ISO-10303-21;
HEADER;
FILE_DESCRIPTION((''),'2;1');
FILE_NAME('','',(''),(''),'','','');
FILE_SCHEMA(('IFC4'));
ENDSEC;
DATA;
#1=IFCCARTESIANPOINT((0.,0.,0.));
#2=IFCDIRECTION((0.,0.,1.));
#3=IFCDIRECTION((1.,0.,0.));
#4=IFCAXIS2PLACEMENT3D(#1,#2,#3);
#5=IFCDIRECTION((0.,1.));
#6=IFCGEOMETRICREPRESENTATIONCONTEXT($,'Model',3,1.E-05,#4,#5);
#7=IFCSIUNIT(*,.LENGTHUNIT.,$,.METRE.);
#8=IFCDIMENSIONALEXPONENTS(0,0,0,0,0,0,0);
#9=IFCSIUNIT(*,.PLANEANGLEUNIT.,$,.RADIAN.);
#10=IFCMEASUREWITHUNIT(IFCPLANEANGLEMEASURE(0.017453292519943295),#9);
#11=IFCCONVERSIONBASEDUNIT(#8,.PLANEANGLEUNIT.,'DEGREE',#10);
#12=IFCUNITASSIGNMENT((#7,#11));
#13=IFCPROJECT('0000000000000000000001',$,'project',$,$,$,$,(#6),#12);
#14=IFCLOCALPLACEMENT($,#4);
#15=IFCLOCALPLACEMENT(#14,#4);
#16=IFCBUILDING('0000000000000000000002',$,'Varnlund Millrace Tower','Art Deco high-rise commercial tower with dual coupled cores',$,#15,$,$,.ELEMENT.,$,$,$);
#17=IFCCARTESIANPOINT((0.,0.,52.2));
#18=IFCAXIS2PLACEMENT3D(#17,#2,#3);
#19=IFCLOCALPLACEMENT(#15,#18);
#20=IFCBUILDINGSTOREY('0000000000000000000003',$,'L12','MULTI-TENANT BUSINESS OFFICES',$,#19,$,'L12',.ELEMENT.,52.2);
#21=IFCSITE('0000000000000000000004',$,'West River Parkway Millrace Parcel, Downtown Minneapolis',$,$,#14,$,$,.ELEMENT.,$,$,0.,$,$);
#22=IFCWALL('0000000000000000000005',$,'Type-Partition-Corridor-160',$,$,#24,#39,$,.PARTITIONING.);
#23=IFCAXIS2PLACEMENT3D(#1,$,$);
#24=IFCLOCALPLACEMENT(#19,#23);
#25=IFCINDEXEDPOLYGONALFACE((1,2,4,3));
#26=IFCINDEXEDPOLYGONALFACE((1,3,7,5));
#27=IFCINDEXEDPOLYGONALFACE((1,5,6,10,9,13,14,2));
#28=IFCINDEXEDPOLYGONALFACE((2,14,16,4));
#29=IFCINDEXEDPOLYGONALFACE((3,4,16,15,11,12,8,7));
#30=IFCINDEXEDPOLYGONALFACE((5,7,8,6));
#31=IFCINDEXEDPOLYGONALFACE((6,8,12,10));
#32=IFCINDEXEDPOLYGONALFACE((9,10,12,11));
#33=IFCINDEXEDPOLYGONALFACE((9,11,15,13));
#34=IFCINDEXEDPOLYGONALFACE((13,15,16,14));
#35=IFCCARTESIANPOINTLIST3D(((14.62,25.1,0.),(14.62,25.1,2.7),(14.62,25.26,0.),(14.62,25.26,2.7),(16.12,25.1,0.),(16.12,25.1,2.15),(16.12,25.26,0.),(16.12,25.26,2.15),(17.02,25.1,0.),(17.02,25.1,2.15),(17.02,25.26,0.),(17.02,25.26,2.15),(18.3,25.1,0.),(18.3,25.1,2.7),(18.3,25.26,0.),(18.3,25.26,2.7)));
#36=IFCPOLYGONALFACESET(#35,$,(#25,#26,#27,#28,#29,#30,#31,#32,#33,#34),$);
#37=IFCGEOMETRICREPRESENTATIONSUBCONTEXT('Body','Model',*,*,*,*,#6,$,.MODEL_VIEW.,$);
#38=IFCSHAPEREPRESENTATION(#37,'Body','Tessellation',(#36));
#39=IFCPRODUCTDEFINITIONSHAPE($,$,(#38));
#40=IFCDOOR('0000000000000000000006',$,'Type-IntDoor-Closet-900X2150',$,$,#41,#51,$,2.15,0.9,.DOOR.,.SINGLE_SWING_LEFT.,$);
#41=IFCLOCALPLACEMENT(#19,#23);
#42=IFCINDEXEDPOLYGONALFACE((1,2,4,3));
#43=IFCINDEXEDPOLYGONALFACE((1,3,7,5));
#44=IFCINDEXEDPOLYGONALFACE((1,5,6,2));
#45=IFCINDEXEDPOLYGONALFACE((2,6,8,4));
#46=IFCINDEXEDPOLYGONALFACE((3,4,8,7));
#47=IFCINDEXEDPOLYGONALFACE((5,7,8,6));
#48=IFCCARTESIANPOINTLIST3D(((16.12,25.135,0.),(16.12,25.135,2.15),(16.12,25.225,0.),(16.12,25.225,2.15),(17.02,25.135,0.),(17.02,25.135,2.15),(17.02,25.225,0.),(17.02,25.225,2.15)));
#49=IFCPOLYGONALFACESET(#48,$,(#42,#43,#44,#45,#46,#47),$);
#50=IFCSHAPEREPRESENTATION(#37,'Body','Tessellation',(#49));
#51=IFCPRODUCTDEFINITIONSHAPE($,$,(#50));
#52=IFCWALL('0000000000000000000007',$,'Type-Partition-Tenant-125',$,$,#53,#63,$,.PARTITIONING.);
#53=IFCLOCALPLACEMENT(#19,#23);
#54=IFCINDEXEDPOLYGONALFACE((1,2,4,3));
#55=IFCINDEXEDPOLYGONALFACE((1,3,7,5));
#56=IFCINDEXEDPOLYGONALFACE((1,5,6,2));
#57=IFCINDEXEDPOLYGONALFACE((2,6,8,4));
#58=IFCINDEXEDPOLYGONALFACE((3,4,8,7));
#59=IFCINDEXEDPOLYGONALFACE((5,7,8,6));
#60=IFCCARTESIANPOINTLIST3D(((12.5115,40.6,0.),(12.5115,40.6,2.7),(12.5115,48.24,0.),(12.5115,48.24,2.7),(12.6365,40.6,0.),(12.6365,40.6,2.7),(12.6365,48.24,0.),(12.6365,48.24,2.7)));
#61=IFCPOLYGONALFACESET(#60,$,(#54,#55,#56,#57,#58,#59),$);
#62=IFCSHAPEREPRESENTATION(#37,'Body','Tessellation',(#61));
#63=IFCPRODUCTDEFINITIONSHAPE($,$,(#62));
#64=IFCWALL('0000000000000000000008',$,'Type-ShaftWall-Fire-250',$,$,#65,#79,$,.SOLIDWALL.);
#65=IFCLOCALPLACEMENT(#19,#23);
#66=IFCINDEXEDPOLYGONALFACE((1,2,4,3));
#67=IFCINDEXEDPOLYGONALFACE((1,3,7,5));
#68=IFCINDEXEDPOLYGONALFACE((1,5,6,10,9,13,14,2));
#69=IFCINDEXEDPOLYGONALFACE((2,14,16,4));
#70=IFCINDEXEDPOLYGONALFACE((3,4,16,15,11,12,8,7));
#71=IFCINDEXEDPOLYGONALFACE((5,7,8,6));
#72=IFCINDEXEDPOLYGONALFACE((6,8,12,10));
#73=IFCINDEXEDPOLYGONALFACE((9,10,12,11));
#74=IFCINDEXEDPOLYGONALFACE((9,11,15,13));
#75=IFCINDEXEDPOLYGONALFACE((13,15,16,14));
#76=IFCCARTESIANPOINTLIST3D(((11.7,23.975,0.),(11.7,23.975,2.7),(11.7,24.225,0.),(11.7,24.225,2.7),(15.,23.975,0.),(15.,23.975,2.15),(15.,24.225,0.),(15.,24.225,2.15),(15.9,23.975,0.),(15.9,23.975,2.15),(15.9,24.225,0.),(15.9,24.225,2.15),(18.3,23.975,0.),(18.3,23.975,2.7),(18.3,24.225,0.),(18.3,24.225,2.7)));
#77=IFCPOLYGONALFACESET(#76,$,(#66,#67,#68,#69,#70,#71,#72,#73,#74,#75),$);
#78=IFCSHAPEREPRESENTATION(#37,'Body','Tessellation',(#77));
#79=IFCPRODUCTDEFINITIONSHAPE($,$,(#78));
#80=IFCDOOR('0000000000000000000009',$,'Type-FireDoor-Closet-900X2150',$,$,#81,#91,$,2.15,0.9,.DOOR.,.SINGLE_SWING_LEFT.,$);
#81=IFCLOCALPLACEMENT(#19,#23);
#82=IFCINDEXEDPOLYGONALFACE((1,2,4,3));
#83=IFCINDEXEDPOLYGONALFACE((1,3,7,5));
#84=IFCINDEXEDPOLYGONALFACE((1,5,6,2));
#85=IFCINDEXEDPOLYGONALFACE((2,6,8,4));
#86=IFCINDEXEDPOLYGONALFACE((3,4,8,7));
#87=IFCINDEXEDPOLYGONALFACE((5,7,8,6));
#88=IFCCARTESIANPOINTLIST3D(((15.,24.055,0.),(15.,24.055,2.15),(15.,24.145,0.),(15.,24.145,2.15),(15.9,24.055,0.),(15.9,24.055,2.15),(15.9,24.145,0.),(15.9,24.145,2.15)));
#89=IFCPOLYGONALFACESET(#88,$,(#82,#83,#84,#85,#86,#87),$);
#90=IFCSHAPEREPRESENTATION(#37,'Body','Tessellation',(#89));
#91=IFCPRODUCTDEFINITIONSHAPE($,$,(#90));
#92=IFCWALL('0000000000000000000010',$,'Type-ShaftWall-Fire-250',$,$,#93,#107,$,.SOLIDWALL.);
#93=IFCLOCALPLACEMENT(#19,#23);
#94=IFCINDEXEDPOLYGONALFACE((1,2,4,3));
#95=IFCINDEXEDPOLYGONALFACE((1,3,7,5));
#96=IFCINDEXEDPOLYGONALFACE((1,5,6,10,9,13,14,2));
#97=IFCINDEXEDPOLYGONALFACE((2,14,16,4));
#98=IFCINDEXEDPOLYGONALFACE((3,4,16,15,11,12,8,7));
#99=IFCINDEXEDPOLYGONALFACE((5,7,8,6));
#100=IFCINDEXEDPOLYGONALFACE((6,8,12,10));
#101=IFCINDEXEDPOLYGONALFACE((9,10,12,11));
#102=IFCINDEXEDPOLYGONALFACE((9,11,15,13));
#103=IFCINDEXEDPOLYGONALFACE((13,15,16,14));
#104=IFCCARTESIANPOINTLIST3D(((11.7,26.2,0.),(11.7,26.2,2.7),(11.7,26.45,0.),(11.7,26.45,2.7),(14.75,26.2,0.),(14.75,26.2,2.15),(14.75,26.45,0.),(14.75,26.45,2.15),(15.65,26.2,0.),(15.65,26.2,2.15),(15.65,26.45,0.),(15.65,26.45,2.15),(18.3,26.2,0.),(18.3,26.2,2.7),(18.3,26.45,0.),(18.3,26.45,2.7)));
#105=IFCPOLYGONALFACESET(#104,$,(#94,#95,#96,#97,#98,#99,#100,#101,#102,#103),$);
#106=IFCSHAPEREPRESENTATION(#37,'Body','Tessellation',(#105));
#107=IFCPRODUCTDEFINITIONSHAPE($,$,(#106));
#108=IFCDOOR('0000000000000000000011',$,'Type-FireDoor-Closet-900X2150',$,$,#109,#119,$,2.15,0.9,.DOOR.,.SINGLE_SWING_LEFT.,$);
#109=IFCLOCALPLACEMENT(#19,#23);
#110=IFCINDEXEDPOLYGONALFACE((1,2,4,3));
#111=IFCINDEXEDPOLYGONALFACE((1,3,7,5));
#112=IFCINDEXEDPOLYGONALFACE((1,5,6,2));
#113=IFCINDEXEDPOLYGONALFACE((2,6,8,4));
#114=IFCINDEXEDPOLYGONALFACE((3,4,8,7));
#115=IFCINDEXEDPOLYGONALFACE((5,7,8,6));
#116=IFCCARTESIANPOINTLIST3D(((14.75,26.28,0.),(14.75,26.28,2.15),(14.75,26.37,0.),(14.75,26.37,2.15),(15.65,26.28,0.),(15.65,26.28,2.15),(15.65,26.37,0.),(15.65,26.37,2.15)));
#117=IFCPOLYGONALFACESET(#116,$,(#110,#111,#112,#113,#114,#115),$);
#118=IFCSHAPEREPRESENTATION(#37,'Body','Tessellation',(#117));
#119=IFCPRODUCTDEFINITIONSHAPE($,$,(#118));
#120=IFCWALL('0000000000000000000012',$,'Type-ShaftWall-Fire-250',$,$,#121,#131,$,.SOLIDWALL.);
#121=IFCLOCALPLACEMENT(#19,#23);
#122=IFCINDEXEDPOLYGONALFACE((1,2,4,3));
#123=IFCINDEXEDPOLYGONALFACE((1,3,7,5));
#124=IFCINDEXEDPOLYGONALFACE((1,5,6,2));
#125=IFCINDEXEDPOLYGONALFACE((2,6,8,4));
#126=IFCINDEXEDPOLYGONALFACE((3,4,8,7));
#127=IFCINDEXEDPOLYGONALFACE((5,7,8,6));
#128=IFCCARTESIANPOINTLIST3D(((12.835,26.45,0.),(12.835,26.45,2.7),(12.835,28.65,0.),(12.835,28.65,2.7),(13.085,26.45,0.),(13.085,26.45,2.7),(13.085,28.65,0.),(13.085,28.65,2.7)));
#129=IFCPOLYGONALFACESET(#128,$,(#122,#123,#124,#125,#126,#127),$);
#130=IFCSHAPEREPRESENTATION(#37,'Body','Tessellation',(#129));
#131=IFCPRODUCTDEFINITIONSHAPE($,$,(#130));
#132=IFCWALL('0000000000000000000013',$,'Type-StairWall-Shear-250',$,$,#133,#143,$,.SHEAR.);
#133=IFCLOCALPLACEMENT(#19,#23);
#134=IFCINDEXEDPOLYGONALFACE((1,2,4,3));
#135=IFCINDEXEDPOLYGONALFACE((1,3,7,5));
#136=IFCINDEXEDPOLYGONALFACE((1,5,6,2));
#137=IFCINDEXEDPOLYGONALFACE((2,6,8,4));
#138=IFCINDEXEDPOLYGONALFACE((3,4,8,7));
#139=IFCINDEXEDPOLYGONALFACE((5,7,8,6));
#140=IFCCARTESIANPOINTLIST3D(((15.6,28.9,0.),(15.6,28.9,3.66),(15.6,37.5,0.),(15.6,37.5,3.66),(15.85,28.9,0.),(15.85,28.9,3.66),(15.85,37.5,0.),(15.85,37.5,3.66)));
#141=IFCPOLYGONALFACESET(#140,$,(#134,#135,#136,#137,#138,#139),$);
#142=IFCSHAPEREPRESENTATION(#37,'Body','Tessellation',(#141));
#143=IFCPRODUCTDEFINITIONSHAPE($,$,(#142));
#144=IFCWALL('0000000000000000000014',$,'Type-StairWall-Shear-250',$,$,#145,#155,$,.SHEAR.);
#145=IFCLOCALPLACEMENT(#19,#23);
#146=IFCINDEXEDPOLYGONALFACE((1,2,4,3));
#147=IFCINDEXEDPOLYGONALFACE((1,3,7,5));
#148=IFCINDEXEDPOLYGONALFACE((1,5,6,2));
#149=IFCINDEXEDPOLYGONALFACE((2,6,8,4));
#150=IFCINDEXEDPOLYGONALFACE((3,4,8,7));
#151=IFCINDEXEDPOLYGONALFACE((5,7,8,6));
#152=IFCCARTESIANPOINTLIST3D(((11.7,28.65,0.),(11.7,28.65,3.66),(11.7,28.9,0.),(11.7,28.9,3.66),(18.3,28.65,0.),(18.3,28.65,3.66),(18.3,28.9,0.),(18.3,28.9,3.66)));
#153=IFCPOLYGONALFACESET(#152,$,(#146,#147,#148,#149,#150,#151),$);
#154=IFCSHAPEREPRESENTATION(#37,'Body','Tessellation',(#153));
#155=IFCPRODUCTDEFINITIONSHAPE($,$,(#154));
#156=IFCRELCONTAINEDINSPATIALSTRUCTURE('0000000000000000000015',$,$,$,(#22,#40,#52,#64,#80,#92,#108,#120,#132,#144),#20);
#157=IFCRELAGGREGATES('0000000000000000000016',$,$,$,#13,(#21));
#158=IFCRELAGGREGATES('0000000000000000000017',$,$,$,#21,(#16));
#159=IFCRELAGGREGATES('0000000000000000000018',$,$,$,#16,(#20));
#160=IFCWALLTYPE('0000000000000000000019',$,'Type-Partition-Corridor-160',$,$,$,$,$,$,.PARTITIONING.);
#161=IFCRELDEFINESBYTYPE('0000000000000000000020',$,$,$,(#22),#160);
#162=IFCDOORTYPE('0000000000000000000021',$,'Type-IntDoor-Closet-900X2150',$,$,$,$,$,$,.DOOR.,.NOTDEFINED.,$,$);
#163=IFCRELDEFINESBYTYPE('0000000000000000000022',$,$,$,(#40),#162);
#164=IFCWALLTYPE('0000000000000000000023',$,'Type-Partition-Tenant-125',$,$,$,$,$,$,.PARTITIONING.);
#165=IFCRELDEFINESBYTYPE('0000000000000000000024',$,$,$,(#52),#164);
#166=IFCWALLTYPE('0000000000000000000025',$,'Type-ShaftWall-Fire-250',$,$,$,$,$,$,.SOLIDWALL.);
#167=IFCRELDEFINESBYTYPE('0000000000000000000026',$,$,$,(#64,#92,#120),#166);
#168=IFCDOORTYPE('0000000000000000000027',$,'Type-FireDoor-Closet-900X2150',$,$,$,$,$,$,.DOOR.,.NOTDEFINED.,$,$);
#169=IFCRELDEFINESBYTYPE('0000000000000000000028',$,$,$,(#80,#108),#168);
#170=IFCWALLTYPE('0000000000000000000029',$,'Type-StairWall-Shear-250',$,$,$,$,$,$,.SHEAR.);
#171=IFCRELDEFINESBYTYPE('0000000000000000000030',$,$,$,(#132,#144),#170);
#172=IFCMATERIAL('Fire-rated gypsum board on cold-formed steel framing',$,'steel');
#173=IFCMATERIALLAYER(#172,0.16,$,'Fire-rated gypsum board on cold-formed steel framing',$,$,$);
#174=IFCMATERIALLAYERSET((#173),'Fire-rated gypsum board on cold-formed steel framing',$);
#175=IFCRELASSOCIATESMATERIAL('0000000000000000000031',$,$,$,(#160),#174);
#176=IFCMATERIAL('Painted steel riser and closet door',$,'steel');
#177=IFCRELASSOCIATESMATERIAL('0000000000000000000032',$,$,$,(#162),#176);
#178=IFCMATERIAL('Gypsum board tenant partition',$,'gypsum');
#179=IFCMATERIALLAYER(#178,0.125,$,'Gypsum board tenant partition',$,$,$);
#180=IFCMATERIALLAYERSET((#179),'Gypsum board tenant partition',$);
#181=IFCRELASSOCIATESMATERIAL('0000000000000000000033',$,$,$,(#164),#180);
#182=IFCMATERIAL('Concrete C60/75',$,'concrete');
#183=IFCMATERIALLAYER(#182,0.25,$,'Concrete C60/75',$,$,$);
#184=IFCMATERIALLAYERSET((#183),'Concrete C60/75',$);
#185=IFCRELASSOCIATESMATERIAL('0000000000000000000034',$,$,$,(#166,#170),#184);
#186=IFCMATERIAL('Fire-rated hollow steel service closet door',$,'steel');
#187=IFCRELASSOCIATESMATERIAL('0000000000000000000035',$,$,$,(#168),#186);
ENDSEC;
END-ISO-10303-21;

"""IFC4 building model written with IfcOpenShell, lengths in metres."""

from ifc_helpers import new_model, entity, si_unit, converted_unit, direction, frame, origin_with_axes, origin_2d_with_axis, place, context, subcontext, project, spatial, polyline, rectangle, outline, extrude, material, layer, layer_set, type_object, element, fill, save


model = new_model("IFC4")

# Units and contexts
model_context = context("Model", 3, precision=1e-05, world=origin_with_axes(), true_north=direction((0.0, 1.0)))
body_context = subcontext(model_context, "Body", "Model", "MODEL_VIEW")
ifc_project = project(units=[si_unit("LENGTHUNIT", "METRE"), converted_unit("PLANEANGLEUNIT", "DEGREE", entity("IfcPlaneAngleMeasure", 0.017453292519943295), si_unit("PLANEANGLEUNIT", "RADIAN"), dimensions=[0, 0, 0, 0, 0, 0, 0])], contexts=[model_context])

# Site, building, storey
site_placement = place(None, origin_with_axes())
site = spatial("IfcSite", under=ifc_project, at=site_placement, Name="West River Parkway Millrace Parcel, Downtown Minneapolis", CompositionType="ELEMENT", RefElevation=0.0)
building_placement = place(site_placement, origin_with_axes())
building = spatial("IfcBuilding", under=site, at=building_placement, Name="Varnlund Millrace Tower", Description="Art Deco high-rise commercial tower with dual coupled cores", CompositionType="ELEMENT")
storey_placement = place(building_placement, frame((0.0, 0.0, 52.2), z_axis=(0.0, 0.0, 1.0), x_axis=(1.0, 0.0, 0.0)))
storey = spatial("IfcBuildingStorey", under=building, at=storey_placement, Name="L12", Description="MULTI-TENANT BUSINESS OFFICES", LongName="L12", CompositionType="ELEMENT", Elevation=52.2)

# Wall, opening, door
ifc_material_1 = material(Name="Fire-rated gypsum board on cold-formed steel framing", Category="steel")
ifc_layer_1 = layer(ifc_material_1, 0.16, Name="Fire-rated gypsum board on cold-formed steel framing")
ifc_layer_set_1 = layer_set([ifc_layer_1], Name="Fire-rated gypsum board on cold-formed steel framing")
wall_type_1 = type_object("IfcWallType", Name="Type-Partition-Corridor-160", PredefinedType="PARTITIONING", material=ifc_layer_set_1)
wall_1_placement = place(storey_placement, frame((14.62, 25.18, 0.0), z_axis=(0.0, 0.0, 1.0), x_axis=(1.0, 0.0, 0.0)))
wall_1 = element("IfcWall", 1, at=wall_1_placement, inside=storey, type_object=wall_type_1, Name="Type-Partition-Corridor-160", PredefinedType="PARTITIONING", context=body_context, shape_type="SweptSolid", body=[
    extrude(outline(polyline([(0.0, -0.08), (3.68, -0.08), (3.68, 0.08), (0.0, 0.08), (0.0, -0.08)])), origin_with_axes(), (0.0, 0.0, 1.0), 2.7),
])
opening_1_placement = place(wall_1_placement, frame((1.95, 0.0, 0.0), z_axis=(0.0, 0.0, 1.0), x_axis=(1.0, 0.0, 0.0)))
opening_1 = element("IfcOpeningElement", 2, at=opening_1_placement, cuts=wall_1, PredefinedType="OPENING", context=body_context, shape_type="SweptSolid", body=[
    extrude(rectangle(XDim=0.9, YDim=0.18, at=origin_2d_with_axis()), origin_with_axes(), (0.0, 0.0, 1.0), 2.15),
])
ifc_material_2 = material(Name="Painted steel riser and closet door", Category="steel")
door_type_1 = type_object("IfcDoorType", Name="Type-IntDoor-Closet-900X2150", OperationType="NOTDEFINED", PredefinedType="DOOR", material=ifc_material_2)
door_1_placement = place(wall_1_placement, frame((1.95, 0.0, 0.0), z_axis=(0.0, 0.0, 1.0), x_axis=(1.0, 0.0, 0.0)))
door_1 = element("IfcDoor", 3, at=door_1_placement, inside=storey, type_object=door_type_1, Name="Type-IntDoor-Closet-900X2150", OperationType="SINGLE_SWING_LEFT", OverallHeight=2.15, OverallWidth=0.9, PredefinedType="DOOR", context=body_context, shape_type="SweptSolid", body=[
    extrude(rectangle(XDim=0.9, YDim=0.09, at=origin_2d_with_axis()), origin_with_axes(), (0.0, 0.0, 1.0), 2.15),
])
fill(opening_1, door_1)

# Wall
ifc_material_3 = material(Name="Gypsum board tenant partition", Category="gypsum")
ifc_layer_2 = layer(ifc_material_3, 0.125, Name="Gypsum board tenant partition")
ifc_layer_set_2 = layer_set([ifc_layer_2], Name="Gypsum board tenant partition")
wall_type_2 = type_object("IfcWallType", Name="Type-Partition-Tenant-125", PredefinedType="PARTITIONING", material=ifc_layer_set_2)
wall_2_placement = place(storey_placement, frame((12.574, 40.6, 0.0), z_axis=(0.0, 0.0, 1.0), x_axis=(0.0, 1.0, 0.0)))
element("IfcWall", 4, at=wall_2_placement, inside=storey, type_object=wall_type_2, Name="Type-Partition-Tenant-125", PredefinedType="PARTITIONING", context=body_context, shape_type="SweptSolid", body=[
    extrude(outline(polyline([(0.0, -0.0625), (7.64, -0.0625), (7.64, 0.0625), (0.0, 0.0625), (0.0, -0.0625)])), origin_with_axes(), (0.0, 0.0, 1.0), 2.7),
])

# Walls, openings, doors
ifc_material_4 = material(Name="Concrete C60/75", Category="concrete")
ifc_layer_3 = layer(ifc_material_4, 0.25, Name="Concrete C60/75")
ifc_layer_set_3 = layer_set([ifc_layer_3], Name="Concrete C60/75")
wall_type_3 = type_object("IfcWallType", Name="Type-ShaftWall-Fire-250", PredefinedType="SOLIDWALL", material=ifc_layer_set_3)
wall_3_placement = place(storey_placement, frame((11.7, 24.1, 0.0), z_axis=(0.0, 0.0, 1.0), x_axis=(1.0, 0.0, 0.0)))
wall_3 = element("IfcWall", 5, at=wall_3_placement, inside=storey, type_object=wall_type_3, Name="Type-ShaftWall-Fire-250", PredefinedType="SOLIDWALL", context=body_context, shape_type="SweptSolid", body=[
    extrude(outline(polyline([(0.0, -0.125), (6.6, -0.125), (6.6, 0.125), (0.0, 0.125), (0.0, -0.125)])), origin_with_axes(), (0.0, 0.0, 1.0), 2.7),
])
opening_2_placement = place(wall_3_placement, frame((3.75, 0.0, 0.0), z_axis=(0.0, 0.0, 1.0), x_axis=(1.0, 0.0, 0.0)))
opening_2 = element("IfcOpeningElement", 6, at=opening_2_placement, cuts=wall_3, PredefinedType="OPENING", context=body_context, shape_type="SweptSolid", body=[
    extrude(rectangle(XDim=0.9, YDim=0.27, at=origin_2d_with_axis()), origin_with_axes(), (0.0, 0.0, 1.0), 2.15),
])
ifc_material_5 = material(Name="Fire-rated hollow steel service closet door", Category="steel")
door_type_2 = type_object("IfcDoorType", Name="Type-FireDoor-Closet-900X2150", OperationType="NOTDEFINED", PredefinedType="DOOR", material=ifc_material_5)
door_2_placement = place(wall_3_placement, frame((3.75, 0.0, 0.0), z_axis=(0.0, 0.0, 1.0), x_axis=(1.0, 0.0, 0.0)))
door_2 = element("IfcDoor", 7, at=door_2_placement, inside=storey, type_object=door_type_2, Name="Type-FireDoor-Closet-900X2150", OperationType="SINGLE_SWING_LEFT", OverallHeight=2.15, OverallWidth=0.9, PredefinedType="DOOR", context=body_context, shape_type="SweptSolid", body=[
    extrude(rectangle(XDim=0.9, YDim=0.09, at=origin_2d_with_axis()), origin_with_axes(), (0.0, 0.0, 1.0), 2.15),
])
fill(opening_2, door_2)
wall_4_placement = place(storey_placement, frame((11.7, 26.325, 0.0), z_axis=(0.0, 0.0, 1.0), x_axis=(1.0, 0.0, 0.0)))
wall_4 = element("IfcWall", 8, at=wall_4_placement, inside=storey, type_object=wall_type_3, Name="Type-ShaftWall-Fire-250", PredefinedType="SOLIDWALL", context=body_context, shape_type="SweptSolid", body=[
    extrude(outline(polyline([(0.0, -0.125), (6.6, -0.125), (6.6, 0.125), (0.0, 0.125), (0.0, -0.125)])), origin_with_axes(), (0.0, 0.0, 1.0), 2.7),
])
opening_3_placement = place(wall_4_placement, frame((3.5, 0.0, 0.0), z_axis=(0.0, 0.0, 1.0), x_axis=(1.0, 0.0, 0.0)))
opening_3 = element("IfcOpeningElement", 9, at=opening_3_placement, cuts=wall_4, PredefinedType="OPENING", context=body_context, shape_type="SweptSolid", body=[
    extrude(rectangle(XDim=0.9, YDim=0.27, at=origin_2d_with_axis()), origin_with_axes(), (0.0, 0.0, 1.0), 2.15),
])
door_3_placement = place(wall_4_placement, frame((3.5, 0.0, 0.0), z_axis=(0.0, 0.0, 1.0), x_axis=(1.0, 0.0, 0.0)))
door_3 = element("IfcDoor", 10, at=door_3_placement, inside=storey, type_object=door_type_2, Name="Type-FireDoor-Closet-900X2150", OperationType="SINGLE_SWING_LEFT", OverallHeight=2.15, OverallWidth=0.9, PredefinedType="DOOR", context=body_context, shape_type="SweptSolid", body=[
    extrude(rectangle(XDim=0.9, YDim=0.09, at=origin_2d_with_axis()), origin_with_axes(), (0.0, 0.0, 1.0), 2.15),
])
fill(opening_3, door_3)

# Walls
wall_5_placement = place(storey_placement, frame((12.96, 26.45, 0.0), z_axis=(0.0, 0.0, 1.0), x_axis=(0.0, 1.0, 0.0)))
element("IfcWall", 11, at=wall_5_placement, inside=storey, type_object=wall_type_3, Name="Type-ShaftWall-Fire-250", PredefinedType="SOLIDWALL", context=body_context, shape_type="SweptSolid", body=[
    extrude(outline(polyline([(0.0, -0.125), (2.2, -0.125), (2.2, 0.125), (0.0, 0.125), (0.0, -0.125)])), origin_with_axes(), (0.0, 0.0, 1.0), 2.7),
])
wall_type_4 = type_object("IfcWallType", Name="Type-StairWall-Shear-250", PredefinedType="SHEAR", material=ifc_layer_set_3)
wall_6_placement = place(storey_placement, frame((15.725, 28.9, 0.0), z_axis=(0.0, 0.0, 1.0), x_axis=(0.0, 1.0, 0.0)))
element("IfcWall", 12, at=wall_6_placement, inside=storey, type_object=wall_type_4, Name="Type-StairWall-Shear-250", PredefinedType="SHEAR", context=body_context, shape_type="SweptSolid", body=[
    extrude(outline(polyline([(0.0, -0.125), (8.6, -0.125), (8.6, 0.125), (0.0, 0.125), (0.0, -0.125)])), origin_with_axes(), (0.0, 0.0, 1.0), 3.66),
])
wall_7_placement = place(storey_placement, frame((11.7, 28.775, 0.0), z_axis=(0.0, 0.0, 1.0), x_axis=(1.0, 0.0, 0.0)))
element("IfcWall", 13, at=wall_7_placement, inside=storey, type_object=wall_type_4, Name="Type-StairWall-Shear-250", PredefinedType="SHEAR", context=body_context, shape_type="SweptSolid", body=[
    extrude(outline(polyline([(0.0, -0.125), (6.6, -0.125), (6.6, 0.125), (0.0, 0.125), (0.0, -0.125)])), origin_with_axes(), (0.0, 0.0, 1.0), 3.66),
])

save(model, "model.ifc")
